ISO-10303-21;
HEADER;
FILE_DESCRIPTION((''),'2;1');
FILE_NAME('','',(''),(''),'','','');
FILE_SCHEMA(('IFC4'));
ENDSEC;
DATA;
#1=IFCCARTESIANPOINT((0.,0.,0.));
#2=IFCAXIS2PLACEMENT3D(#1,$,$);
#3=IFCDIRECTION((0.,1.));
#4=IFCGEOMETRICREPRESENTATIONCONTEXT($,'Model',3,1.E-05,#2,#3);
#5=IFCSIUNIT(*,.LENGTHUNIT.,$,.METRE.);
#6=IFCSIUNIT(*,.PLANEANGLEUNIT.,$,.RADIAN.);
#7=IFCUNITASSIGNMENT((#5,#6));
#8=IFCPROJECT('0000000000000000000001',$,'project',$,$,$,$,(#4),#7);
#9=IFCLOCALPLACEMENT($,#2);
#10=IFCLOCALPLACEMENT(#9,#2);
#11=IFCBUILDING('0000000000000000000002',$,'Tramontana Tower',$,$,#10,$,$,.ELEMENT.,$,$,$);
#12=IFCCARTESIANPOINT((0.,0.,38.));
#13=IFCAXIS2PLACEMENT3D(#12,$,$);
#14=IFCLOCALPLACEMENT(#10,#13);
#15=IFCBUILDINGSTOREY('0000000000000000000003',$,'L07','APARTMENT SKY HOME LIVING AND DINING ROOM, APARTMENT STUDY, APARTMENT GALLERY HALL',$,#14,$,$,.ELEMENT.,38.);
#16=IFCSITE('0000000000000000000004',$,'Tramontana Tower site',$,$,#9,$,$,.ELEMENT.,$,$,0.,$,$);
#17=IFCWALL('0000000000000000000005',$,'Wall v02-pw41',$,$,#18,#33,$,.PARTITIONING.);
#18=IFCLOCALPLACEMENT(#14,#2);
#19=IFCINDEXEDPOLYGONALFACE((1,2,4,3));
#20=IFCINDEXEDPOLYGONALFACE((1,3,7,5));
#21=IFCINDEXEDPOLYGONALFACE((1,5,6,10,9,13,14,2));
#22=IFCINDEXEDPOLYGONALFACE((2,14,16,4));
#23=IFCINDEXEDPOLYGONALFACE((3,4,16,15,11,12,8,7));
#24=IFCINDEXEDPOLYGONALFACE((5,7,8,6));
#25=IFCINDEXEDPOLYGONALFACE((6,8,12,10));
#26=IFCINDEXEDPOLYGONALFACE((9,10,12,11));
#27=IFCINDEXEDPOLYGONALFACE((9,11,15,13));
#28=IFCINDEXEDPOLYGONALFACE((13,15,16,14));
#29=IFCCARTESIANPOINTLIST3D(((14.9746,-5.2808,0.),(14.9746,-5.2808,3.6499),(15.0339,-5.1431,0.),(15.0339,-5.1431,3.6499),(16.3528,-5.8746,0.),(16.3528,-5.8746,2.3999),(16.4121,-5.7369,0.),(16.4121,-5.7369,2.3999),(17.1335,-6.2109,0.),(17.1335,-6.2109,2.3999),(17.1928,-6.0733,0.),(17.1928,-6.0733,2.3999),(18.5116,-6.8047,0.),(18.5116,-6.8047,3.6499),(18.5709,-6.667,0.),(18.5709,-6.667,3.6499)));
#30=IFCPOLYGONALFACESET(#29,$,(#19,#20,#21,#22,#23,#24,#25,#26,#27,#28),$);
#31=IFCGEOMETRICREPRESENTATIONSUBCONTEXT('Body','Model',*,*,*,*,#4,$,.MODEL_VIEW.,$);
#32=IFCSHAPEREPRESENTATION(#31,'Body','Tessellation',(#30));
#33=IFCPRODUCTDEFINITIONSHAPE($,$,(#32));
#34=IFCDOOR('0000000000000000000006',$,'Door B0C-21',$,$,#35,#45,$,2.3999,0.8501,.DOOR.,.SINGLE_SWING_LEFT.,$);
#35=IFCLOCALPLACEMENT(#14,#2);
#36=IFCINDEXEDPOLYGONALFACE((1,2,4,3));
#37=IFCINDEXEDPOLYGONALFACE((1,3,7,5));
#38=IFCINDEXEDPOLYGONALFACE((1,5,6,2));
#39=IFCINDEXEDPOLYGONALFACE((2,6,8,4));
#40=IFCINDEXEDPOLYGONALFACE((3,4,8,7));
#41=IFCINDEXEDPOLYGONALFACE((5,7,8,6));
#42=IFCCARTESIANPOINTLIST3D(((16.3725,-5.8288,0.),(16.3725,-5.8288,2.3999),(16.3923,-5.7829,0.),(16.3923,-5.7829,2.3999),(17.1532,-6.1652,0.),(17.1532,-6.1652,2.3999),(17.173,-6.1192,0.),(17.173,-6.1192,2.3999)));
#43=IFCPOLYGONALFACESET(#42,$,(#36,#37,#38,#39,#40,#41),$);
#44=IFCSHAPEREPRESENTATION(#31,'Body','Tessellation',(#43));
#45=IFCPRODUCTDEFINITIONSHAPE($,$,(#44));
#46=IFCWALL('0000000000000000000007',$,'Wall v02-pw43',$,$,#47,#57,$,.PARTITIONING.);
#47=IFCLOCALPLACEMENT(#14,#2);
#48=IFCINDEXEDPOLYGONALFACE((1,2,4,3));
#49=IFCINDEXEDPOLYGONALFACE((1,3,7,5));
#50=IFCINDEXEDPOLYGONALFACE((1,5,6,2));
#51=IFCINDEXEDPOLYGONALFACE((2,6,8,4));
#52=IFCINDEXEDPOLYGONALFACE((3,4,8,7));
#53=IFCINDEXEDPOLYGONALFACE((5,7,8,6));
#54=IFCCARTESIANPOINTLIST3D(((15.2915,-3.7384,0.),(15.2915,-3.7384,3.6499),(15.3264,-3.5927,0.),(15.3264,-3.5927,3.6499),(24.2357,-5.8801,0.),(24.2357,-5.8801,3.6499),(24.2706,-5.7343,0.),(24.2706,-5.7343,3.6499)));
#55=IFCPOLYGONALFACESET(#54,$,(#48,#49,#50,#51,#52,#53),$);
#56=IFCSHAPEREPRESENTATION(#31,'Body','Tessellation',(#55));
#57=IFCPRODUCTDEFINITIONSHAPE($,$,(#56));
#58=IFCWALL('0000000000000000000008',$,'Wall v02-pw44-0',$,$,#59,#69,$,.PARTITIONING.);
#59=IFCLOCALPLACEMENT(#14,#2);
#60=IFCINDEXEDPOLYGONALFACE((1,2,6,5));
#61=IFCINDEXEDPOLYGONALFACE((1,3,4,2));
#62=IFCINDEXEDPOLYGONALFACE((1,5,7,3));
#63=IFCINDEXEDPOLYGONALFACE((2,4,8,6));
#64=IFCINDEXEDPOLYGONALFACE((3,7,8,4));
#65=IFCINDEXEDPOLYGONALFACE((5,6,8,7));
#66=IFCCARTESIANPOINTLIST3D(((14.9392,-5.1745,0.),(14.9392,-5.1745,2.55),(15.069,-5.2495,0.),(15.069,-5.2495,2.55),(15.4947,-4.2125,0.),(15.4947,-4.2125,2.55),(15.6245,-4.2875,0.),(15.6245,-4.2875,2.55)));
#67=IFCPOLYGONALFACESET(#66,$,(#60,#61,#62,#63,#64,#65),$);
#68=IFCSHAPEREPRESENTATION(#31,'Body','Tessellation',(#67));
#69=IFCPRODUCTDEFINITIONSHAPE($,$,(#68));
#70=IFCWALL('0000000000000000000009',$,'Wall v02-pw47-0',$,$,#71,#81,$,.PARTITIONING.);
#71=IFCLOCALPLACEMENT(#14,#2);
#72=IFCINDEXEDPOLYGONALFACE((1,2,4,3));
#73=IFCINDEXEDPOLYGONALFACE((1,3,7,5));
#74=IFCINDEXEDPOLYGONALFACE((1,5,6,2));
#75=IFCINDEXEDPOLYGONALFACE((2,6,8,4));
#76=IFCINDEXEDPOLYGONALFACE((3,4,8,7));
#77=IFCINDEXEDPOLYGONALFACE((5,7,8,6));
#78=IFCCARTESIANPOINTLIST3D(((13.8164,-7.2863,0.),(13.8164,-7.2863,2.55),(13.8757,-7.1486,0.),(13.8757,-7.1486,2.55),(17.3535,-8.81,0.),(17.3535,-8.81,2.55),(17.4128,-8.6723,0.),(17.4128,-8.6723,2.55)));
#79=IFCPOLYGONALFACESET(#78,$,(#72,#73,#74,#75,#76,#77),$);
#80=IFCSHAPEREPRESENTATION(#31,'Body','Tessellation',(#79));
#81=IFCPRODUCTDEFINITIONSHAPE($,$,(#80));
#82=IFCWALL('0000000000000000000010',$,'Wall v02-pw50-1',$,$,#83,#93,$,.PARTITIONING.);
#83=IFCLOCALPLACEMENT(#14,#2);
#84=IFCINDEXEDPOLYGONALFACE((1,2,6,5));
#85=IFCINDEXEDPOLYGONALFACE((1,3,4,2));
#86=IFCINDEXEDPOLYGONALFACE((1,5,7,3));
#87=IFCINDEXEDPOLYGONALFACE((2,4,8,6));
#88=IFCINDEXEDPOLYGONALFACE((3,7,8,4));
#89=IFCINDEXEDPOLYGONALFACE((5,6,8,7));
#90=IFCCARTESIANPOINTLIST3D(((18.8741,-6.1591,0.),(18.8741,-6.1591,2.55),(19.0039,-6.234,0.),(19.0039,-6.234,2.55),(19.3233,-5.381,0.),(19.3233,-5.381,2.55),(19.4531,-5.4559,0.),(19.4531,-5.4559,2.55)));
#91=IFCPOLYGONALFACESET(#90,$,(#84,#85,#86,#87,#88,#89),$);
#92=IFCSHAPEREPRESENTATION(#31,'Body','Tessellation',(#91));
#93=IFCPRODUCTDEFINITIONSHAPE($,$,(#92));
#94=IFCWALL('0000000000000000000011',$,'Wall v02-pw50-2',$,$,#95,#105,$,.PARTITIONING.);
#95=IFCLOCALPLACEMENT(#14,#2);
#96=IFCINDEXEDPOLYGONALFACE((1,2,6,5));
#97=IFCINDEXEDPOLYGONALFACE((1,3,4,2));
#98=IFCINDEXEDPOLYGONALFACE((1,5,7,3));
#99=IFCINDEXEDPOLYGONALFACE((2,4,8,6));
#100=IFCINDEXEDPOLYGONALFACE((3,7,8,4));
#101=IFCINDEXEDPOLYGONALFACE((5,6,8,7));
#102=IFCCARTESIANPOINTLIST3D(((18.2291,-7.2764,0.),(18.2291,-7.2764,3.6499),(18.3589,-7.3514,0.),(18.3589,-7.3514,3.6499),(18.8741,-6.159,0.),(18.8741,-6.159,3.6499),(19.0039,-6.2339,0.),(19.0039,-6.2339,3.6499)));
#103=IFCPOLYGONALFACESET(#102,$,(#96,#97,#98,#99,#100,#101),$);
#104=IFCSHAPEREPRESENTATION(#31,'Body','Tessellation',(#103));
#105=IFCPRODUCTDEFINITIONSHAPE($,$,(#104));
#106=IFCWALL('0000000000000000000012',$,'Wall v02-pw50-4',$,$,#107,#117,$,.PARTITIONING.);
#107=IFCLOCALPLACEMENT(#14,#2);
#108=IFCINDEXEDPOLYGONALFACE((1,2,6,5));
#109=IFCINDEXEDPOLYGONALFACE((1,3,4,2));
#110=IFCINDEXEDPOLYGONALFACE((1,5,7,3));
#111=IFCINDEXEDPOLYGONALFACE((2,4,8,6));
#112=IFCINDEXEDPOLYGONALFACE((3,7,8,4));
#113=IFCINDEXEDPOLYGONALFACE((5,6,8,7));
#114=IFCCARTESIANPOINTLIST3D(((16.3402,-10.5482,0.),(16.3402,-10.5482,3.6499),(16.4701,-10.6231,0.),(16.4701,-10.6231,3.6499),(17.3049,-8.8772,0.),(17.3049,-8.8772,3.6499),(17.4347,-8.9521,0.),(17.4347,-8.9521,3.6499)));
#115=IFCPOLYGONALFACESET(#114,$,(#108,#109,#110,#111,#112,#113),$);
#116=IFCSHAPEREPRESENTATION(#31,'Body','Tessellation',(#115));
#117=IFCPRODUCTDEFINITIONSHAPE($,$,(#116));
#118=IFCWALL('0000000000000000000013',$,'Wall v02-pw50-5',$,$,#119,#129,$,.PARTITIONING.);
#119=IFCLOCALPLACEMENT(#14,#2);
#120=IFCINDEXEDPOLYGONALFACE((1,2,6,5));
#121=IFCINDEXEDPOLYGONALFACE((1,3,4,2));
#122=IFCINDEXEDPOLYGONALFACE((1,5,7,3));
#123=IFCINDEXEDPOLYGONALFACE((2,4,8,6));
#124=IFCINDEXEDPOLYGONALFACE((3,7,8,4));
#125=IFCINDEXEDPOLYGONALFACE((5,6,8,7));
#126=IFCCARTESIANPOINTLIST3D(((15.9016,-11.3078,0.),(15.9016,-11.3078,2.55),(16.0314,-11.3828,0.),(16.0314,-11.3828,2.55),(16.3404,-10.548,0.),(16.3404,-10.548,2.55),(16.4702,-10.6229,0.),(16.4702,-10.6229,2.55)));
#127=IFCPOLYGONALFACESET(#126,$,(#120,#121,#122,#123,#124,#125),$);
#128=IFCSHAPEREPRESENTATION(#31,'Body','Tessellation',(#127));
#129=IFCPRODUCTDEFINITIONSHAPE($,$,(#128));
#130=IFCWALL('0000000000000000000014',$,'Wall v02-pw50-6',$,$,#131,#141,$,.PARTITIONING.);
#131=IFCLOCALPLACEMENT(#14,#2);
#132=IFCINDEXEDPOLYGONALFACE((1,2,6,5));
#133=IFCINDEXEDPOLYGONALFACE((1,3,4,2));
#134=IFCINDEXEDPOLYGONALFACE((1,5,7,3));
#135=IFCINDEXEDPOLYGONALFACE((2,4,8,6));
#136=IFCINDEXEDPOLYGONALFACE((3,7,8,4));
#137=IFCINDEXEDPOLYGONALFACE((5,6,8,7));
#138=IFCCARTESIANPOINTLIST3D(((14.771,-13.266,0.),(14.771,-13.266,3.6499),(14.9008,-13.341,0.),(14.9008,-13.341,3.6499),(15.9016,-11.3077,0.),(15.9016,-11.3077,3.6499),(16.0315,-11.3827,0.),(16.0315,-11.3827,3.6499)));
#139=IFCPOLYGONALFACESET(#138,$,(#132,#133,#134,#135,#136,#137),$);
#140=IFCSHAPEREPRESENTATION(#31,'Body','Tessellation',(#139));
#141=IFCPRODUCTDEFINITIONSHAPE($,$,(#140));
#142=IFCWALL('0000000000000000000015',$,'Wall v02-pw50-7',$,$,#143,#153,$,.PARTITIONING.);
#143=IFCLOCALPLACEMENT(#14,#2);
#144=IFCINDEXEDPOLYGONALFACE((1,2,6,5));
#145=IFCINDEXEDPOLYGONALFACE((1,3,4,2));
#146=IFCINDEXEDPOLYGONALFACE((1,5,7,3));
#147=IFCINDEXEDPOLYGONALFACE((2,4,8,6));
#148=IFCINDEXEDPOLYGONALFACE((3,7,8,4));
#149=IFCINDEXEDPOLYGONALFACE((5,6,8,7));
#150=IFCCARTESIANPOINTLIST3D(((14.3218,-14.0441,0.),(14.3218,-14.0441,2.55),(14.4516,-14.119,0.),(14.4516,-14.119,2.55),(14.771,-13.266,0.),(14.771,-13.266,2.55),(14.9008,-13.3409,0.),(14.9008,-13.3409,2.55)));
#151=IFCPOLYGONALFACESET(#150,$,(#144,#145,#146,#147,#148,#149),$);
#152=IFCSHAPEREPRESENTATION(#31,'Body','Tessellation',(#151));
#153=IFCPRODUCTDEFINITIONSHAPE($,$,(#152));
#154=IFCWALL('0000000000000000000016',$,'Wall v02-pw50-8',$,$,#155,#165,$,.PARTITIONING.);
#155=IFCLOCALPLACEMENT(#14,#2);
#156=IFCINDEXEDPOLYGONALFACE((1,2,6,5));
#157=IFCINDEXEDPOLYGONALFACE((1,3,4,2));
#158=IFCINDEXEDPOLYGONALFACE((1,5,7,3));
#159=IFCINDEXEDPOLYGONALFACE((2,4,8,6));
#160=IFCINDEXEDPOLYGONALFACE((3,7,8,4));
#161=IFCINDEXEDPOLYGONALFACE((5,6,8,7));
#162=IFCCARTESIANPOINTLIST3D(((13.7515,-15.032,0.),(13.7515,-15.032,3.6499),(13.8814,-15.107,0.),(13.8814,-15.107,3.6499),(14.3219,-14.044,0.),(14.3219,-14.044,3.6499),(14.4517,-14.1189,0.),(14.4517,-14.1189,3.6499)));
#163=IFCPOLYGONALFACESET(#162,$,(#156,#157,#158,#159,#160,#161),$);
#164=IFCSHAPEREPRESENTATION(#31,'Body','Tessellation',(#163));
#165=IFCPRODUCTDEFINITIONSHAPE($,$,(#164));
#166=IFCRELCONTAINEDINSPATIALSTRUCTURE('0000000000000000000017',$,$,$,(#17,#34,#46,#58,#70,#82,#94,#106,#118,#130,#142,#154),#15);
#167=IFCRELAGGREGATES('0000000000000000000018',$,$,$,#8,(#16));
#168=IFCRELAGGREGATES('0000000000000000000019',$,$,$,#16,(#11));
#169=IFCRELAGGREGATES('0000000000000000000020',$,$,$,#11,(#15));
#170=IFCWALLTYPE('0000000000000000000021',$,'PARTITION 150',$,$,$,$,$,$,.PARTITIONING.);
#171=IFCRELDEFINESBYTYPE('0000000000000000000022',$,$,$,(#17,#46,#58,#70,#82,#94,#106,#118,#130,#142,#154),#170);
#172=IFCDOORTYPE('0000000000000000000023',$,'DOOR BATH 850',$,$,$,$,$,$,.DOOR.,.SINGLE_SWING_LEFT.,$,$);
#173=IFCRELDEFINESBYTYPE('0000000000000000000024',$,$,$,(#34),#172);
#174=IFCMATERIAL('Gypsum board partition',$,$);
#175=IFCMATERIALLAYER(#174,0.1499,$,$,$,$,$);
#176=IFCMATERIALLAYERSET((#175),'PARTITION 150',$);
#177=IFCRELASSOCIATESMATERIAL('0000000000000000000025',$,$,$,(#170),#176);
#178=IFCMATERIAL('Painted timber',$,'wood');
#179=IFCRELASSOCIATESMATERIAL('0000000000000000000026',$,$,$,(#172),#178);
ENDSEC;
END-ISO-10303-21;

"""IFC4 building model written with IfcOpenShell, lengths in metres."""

from ifc_helpers import new_model, si_unit, direction, frame, frame_2d, origin, place, context, subcontext, project, spatial, rectangle, extrude, material, layer, layer_set, type_object, element, fill, save


model = new_model("IFC4")

# Units and contexts
model_context = context("Model", 3, precision=1e-05, world=origin(), true_north=direction((0.0, 1.0)))
body_context = subcontext(model_context, "Body", "Model", "MODEL_VIEW")
ifc_project = project(units=[si_unit("LENGTHUNIT", "METRE"), si_unit("PLANEANGLEUNIT", "RADIAN")], contexts=[model_context])

# Site, building, storey
site_placement = place(None, origin())
site = spatial("IfcSite", under=ifc_project, at=site_placement, Name="Tramontana Tower site", CompositionType="ELEMENT", RefElevation=0.0)
building_placement = place(site_placement, origin())
building = spatial("IfcBuilding", under=site, at=building_placement, Name="Tramontana Tower", CompositionType="ELEMENT")
storey_placement = place(building_placement, frame((0.0, 0.0, 38.0)))
storey = spatial("IfcBuildingStorey", under=building, at=storey_placement, Name="L07", Description="APARTMENT SKY HOME LIVING AND DINING ROOM, APARTMENT STUDY, APARTMENT GALLERY HALL", CompositionType="ELEMENT", Elevation=38.0)

# Wall, opening, door
ifc_material_1 = material(Name="Gypsum board partition")
ifc_layer = layer(ifc_material_1, 0.1499)
ifc_layer_set = layer_set([ifc_layer], Name="PARTITION 150")
wall_type = type_object("IfcWallType", Name="PARTITION 150", PredefinedType="PARTITIONING", material=ifc_layer_set)
wall_1_placement = place(storey_placement, frame((15.0042, -5.2119, 0.0), z_axis=(0.0, 0.0, 1.0), x_axis=(0.918389, -0.395678, 0.0)))
wall_1 = element("IfcWall", 1, at=wall_1_placement, inside=storey, type_object=wall_type, Name="Wall v02-pw41", PredefinedType="PARTITIONING", context=body_context, shape_type="SweptSolid", body=[
    extrude(rectangle(XDim=3.8513, YDim=0.1499, at=frame_2d((1.9258, 0.0))), origin(), (0.0, 0.0, 1.0), 3.6499),
])
opening_1_placement = place(wall_1_placement, frame((1.5007, 0.0, 0.0)))
opening_1 = element("IfcOpeningElement", 2, at=opening_1_placement, cuts=wall_1, PredefinedType="OPENING", context=body_context, shape_type="SweptSolid", body=[
    extrude(rectangle(XDim=0.8501, YDim=2.3999, at=frame_2d((0.425, 1.2))), frame((0.0, 0.085, 0.0), z_axis=(0.0, -1.0, 0.0), x_axis=(1.0, 0.0, 0.0)), (0.0, 0.0, 1.0), 0.1699),
])
ifc_material_2 = material(Name="Painted timber", Category="wood")
door_type_1 = type_object("IfcDoorType", Name="DOOR BATH 850", OperationType="SINGLE_SWING_LEFT", PredefinedType="DOOR", material=ifc_material_2)
door_1_placement = place(opening_1_placement, origin())
door_1 = element("IfcDoor", 3, at=door_1_placement, inside=storey, type_object=door_type_1, Name="Door B0C-21", OperationType="SINGLE_SWING_LEFT", OverallHeight=2.3999, OverallWidth=0.8501, PredefinedType="DOOR", context=body_context, shape_type="SweptSolid", body=[
    extrude(rectangle(XDim=0.8501, YDim=2.3999, at=frame_2d((0.425, 1.2))), frame((0.0, 0.0249, 0.0), z_axis=(0.0, -1.0, 0.0), x_axis=(1.0, 0.0, 0.0)), (0.0, 0.0, 1.0), 0.05),
])
fill(opening_1, door_1)

# Walls
wall_2_placement = place(storey_placement, frame((15.3088, -3.6655, 0.0), z_axis=(0.0, 0.0, 1.0), x_axis=(0.97251, -0.232861, 0.0)))
element("IfcWall", 4, at=wall_2_placement, inside=storey, type_object=wall_type, Name="Wall v02-pw43", PredefinedType="PARTITIONING", context=body_context, shape_type="SweptSolid", body=[
    extrude(rectangle(XDim=9.197, YDim=0.1499, at=frame_2d((4.5986, 0.0))), origin(), (0.0, 0.0, 1.0), 3.6499),
])
wall_3_placement = place(storey_placement, frame((15.5596, -4.25, 0.0), z_axis=(0.0, 0.0, 1.0), x_axis=(-0.50004, -0.866003, 0.0)))
element("IfcWall", 5, at=wall_3_placement, inside=storey, type_object=wall_type, Name="Wall v02-pw44-0", PredefinedType="PARTITIONING", context=body_context, shape_type="SweptSolid", body=[
    extrude(rectangle(XDim=1.1108, YDim=0.1499, at=frame_2d((0.5554, 0.0))), origin(), (0.0, 0.0, 1.0), 2.55),
])
wall_4_placement = place(storey_placement, frame((17.3833, -8.7412, 0.0), z_axis=(0.0, 0.0, 1.0), x_axis=(-0.918412, 0.395625, 0.0)))
element("IfcWall", 6, at=wall_4_placement, inside=storey, type_object=wall_type, Name="Wall v02-pw47-0", PredefinedType="PARTITIONING", context=body_context, shape_type="SweptSolid", body=[
    extrude(rectangle(XDim=3.8513, YDim=0.1499, at=frame_2d((1.9258, 0.0))), origin(), (0.0, 0.0, 1.0), 2.55),
])
wall_5_placement = place(storey_placement, frame((19.3882, -5.4185, 0.0), z_axis=(0.0, 0.0, 1.0), x_axis=(-0.499997, -0.866027, 0.0)))
element("IfcWall", 7, at=wall_5_placement, inside=storey, type_object=wall_type, Name="Wall v02-pw50-1", PredefinedType="PARTITIONING", context=body_context, shape_type="SweptSolid", body=[
    extrude(rectangle(XDim=0.8984, YDim=0.1499, at=frame_2d((0.4492, 0.0))), origin(), (0.0, 0.0, 1.0), 2.55),
])
wall_6_placement = place(storey_placement, frame((18.939, -6.1965, 0.0), z_axis=(0.0, 0.0, 1.0), x_axis=(-0.499924, -0.866069, 0.0)))
element("IfcWall", 8, at=wall_6_placement, inside=storey, type_object=wall_type, Name="Wall v02-pw50-2", PredefinedType="PARTITIONING", context=body_context, shape_type="SweptSolid", body=[
    extrude(rectangle(XDim=1.2903, YDim=0.1499, at=frame_2d((0.645, 0.0))), origin(), (0.0, 0.0, 1.0), 3.6499),
])

# Walls
wall_7_placement = place(storey_placement, frame((17.3699, -8.9146, 0.0), z_axis=(0.0, 0.0, 1.0), x_axis=(-0.499963, -0.866047, 0.0)))
element("IfcWall", 9, at=wall_7_placement, inside=storey, type_object=wall_type, Name="Wall v02-pw50-4", PredefinedType="PARTITIONING", context=body_context, shape_type="SweptSolid", body=[
    extrude(rectangle(XDim=1.9294, YDim=0.1499, at=frame_2d((0.9648, 0.0))), origin(), (0.0, 0.0, 1.0), 3.6499),
])
wall_8_placement = place(storey_placement, frame((16.4053, -10.5854, 0.0), z_axis=(0.0, 0.0, 1.0), x_axis=(-0.50006, -0.865991, 0.0)))
element("IfcWall", 10, at=wall_8_placement, inside=storey, type_object=wall_type, Name="Wall v02-pw50-5", PredefinedType="PARTITIONING", context=body_context, shape_type="SweptSolid", body=[
    extrude(rectangle(XDim=0.8774, YDim=0.1499, at=frame_2d((0.4387, 0.0))), origin(), (0.0, 0.0, 1.0), 2.55),
])
wall_9_placement = place(storey_placement, frame((15.9666, -11.3452, 0.0), z_axis=(0.0, 0.0, 1.0), x_axis=(-0.500006, -0.866022, 0.0)))
element("IfcWall", 11, at=wall_9_placement, inside=storey, type_object=wall_type, Name="Wall v02-pw50-6", PredefinedType="PARTITIONING", context=body_context, shape_type="SweptSolid", body=[
    extrude(rectangle(XDim=2.2612, YDim=0.1499, at=frame_2d((1.1306, 0.0))), origin(), (0.0, 0.0, 1.0), 3.6499),
])
wall_10_placement = place(storey_placement, frame((14.8359, -13.3035, 0.0), z_axis=(0.0, 0.0, 1.0), x_axis=(-0.499997, -0.866027, 0.0)))
element("IfcWall", 12, at=wall_10_placement, inside=storey, type_object=wall_type, Name="Wall v02-pw50-7", PredefinedType="PARTITIONING", context=body_context, shape_type="SweptSolid", body=[
    extrude(rectangle(XDim=0.8984, YDim=0.1499, at=frame_2d((0.4492, 0.0))), origin(), (0.0, 0.0, 1.0), 2.55),
])
wall_11_placement = place(storey_placement, frame((14.3867, -14.0815, 0.0), z_axis=(0.0, 0.0, 1.0), x_axis=(-0.499914, -0.866075, 0.0)))
element("IfcWall", 13, at=wall_11_placement, inside=storey, type_object=wall_type, Name="Wall v02-pw50-8", PredefinedType="PARTITIONING", context=body_context, shape_type="SweptSolid", body=[
    extrude(rectangle(XDim=1.1409, YDim=0.1499, at=frame_2d((0.5703, 0.0))), origin(), (0.0, 0.0, 1.0), 3.6499),
])

save(model, "model.ifc")
